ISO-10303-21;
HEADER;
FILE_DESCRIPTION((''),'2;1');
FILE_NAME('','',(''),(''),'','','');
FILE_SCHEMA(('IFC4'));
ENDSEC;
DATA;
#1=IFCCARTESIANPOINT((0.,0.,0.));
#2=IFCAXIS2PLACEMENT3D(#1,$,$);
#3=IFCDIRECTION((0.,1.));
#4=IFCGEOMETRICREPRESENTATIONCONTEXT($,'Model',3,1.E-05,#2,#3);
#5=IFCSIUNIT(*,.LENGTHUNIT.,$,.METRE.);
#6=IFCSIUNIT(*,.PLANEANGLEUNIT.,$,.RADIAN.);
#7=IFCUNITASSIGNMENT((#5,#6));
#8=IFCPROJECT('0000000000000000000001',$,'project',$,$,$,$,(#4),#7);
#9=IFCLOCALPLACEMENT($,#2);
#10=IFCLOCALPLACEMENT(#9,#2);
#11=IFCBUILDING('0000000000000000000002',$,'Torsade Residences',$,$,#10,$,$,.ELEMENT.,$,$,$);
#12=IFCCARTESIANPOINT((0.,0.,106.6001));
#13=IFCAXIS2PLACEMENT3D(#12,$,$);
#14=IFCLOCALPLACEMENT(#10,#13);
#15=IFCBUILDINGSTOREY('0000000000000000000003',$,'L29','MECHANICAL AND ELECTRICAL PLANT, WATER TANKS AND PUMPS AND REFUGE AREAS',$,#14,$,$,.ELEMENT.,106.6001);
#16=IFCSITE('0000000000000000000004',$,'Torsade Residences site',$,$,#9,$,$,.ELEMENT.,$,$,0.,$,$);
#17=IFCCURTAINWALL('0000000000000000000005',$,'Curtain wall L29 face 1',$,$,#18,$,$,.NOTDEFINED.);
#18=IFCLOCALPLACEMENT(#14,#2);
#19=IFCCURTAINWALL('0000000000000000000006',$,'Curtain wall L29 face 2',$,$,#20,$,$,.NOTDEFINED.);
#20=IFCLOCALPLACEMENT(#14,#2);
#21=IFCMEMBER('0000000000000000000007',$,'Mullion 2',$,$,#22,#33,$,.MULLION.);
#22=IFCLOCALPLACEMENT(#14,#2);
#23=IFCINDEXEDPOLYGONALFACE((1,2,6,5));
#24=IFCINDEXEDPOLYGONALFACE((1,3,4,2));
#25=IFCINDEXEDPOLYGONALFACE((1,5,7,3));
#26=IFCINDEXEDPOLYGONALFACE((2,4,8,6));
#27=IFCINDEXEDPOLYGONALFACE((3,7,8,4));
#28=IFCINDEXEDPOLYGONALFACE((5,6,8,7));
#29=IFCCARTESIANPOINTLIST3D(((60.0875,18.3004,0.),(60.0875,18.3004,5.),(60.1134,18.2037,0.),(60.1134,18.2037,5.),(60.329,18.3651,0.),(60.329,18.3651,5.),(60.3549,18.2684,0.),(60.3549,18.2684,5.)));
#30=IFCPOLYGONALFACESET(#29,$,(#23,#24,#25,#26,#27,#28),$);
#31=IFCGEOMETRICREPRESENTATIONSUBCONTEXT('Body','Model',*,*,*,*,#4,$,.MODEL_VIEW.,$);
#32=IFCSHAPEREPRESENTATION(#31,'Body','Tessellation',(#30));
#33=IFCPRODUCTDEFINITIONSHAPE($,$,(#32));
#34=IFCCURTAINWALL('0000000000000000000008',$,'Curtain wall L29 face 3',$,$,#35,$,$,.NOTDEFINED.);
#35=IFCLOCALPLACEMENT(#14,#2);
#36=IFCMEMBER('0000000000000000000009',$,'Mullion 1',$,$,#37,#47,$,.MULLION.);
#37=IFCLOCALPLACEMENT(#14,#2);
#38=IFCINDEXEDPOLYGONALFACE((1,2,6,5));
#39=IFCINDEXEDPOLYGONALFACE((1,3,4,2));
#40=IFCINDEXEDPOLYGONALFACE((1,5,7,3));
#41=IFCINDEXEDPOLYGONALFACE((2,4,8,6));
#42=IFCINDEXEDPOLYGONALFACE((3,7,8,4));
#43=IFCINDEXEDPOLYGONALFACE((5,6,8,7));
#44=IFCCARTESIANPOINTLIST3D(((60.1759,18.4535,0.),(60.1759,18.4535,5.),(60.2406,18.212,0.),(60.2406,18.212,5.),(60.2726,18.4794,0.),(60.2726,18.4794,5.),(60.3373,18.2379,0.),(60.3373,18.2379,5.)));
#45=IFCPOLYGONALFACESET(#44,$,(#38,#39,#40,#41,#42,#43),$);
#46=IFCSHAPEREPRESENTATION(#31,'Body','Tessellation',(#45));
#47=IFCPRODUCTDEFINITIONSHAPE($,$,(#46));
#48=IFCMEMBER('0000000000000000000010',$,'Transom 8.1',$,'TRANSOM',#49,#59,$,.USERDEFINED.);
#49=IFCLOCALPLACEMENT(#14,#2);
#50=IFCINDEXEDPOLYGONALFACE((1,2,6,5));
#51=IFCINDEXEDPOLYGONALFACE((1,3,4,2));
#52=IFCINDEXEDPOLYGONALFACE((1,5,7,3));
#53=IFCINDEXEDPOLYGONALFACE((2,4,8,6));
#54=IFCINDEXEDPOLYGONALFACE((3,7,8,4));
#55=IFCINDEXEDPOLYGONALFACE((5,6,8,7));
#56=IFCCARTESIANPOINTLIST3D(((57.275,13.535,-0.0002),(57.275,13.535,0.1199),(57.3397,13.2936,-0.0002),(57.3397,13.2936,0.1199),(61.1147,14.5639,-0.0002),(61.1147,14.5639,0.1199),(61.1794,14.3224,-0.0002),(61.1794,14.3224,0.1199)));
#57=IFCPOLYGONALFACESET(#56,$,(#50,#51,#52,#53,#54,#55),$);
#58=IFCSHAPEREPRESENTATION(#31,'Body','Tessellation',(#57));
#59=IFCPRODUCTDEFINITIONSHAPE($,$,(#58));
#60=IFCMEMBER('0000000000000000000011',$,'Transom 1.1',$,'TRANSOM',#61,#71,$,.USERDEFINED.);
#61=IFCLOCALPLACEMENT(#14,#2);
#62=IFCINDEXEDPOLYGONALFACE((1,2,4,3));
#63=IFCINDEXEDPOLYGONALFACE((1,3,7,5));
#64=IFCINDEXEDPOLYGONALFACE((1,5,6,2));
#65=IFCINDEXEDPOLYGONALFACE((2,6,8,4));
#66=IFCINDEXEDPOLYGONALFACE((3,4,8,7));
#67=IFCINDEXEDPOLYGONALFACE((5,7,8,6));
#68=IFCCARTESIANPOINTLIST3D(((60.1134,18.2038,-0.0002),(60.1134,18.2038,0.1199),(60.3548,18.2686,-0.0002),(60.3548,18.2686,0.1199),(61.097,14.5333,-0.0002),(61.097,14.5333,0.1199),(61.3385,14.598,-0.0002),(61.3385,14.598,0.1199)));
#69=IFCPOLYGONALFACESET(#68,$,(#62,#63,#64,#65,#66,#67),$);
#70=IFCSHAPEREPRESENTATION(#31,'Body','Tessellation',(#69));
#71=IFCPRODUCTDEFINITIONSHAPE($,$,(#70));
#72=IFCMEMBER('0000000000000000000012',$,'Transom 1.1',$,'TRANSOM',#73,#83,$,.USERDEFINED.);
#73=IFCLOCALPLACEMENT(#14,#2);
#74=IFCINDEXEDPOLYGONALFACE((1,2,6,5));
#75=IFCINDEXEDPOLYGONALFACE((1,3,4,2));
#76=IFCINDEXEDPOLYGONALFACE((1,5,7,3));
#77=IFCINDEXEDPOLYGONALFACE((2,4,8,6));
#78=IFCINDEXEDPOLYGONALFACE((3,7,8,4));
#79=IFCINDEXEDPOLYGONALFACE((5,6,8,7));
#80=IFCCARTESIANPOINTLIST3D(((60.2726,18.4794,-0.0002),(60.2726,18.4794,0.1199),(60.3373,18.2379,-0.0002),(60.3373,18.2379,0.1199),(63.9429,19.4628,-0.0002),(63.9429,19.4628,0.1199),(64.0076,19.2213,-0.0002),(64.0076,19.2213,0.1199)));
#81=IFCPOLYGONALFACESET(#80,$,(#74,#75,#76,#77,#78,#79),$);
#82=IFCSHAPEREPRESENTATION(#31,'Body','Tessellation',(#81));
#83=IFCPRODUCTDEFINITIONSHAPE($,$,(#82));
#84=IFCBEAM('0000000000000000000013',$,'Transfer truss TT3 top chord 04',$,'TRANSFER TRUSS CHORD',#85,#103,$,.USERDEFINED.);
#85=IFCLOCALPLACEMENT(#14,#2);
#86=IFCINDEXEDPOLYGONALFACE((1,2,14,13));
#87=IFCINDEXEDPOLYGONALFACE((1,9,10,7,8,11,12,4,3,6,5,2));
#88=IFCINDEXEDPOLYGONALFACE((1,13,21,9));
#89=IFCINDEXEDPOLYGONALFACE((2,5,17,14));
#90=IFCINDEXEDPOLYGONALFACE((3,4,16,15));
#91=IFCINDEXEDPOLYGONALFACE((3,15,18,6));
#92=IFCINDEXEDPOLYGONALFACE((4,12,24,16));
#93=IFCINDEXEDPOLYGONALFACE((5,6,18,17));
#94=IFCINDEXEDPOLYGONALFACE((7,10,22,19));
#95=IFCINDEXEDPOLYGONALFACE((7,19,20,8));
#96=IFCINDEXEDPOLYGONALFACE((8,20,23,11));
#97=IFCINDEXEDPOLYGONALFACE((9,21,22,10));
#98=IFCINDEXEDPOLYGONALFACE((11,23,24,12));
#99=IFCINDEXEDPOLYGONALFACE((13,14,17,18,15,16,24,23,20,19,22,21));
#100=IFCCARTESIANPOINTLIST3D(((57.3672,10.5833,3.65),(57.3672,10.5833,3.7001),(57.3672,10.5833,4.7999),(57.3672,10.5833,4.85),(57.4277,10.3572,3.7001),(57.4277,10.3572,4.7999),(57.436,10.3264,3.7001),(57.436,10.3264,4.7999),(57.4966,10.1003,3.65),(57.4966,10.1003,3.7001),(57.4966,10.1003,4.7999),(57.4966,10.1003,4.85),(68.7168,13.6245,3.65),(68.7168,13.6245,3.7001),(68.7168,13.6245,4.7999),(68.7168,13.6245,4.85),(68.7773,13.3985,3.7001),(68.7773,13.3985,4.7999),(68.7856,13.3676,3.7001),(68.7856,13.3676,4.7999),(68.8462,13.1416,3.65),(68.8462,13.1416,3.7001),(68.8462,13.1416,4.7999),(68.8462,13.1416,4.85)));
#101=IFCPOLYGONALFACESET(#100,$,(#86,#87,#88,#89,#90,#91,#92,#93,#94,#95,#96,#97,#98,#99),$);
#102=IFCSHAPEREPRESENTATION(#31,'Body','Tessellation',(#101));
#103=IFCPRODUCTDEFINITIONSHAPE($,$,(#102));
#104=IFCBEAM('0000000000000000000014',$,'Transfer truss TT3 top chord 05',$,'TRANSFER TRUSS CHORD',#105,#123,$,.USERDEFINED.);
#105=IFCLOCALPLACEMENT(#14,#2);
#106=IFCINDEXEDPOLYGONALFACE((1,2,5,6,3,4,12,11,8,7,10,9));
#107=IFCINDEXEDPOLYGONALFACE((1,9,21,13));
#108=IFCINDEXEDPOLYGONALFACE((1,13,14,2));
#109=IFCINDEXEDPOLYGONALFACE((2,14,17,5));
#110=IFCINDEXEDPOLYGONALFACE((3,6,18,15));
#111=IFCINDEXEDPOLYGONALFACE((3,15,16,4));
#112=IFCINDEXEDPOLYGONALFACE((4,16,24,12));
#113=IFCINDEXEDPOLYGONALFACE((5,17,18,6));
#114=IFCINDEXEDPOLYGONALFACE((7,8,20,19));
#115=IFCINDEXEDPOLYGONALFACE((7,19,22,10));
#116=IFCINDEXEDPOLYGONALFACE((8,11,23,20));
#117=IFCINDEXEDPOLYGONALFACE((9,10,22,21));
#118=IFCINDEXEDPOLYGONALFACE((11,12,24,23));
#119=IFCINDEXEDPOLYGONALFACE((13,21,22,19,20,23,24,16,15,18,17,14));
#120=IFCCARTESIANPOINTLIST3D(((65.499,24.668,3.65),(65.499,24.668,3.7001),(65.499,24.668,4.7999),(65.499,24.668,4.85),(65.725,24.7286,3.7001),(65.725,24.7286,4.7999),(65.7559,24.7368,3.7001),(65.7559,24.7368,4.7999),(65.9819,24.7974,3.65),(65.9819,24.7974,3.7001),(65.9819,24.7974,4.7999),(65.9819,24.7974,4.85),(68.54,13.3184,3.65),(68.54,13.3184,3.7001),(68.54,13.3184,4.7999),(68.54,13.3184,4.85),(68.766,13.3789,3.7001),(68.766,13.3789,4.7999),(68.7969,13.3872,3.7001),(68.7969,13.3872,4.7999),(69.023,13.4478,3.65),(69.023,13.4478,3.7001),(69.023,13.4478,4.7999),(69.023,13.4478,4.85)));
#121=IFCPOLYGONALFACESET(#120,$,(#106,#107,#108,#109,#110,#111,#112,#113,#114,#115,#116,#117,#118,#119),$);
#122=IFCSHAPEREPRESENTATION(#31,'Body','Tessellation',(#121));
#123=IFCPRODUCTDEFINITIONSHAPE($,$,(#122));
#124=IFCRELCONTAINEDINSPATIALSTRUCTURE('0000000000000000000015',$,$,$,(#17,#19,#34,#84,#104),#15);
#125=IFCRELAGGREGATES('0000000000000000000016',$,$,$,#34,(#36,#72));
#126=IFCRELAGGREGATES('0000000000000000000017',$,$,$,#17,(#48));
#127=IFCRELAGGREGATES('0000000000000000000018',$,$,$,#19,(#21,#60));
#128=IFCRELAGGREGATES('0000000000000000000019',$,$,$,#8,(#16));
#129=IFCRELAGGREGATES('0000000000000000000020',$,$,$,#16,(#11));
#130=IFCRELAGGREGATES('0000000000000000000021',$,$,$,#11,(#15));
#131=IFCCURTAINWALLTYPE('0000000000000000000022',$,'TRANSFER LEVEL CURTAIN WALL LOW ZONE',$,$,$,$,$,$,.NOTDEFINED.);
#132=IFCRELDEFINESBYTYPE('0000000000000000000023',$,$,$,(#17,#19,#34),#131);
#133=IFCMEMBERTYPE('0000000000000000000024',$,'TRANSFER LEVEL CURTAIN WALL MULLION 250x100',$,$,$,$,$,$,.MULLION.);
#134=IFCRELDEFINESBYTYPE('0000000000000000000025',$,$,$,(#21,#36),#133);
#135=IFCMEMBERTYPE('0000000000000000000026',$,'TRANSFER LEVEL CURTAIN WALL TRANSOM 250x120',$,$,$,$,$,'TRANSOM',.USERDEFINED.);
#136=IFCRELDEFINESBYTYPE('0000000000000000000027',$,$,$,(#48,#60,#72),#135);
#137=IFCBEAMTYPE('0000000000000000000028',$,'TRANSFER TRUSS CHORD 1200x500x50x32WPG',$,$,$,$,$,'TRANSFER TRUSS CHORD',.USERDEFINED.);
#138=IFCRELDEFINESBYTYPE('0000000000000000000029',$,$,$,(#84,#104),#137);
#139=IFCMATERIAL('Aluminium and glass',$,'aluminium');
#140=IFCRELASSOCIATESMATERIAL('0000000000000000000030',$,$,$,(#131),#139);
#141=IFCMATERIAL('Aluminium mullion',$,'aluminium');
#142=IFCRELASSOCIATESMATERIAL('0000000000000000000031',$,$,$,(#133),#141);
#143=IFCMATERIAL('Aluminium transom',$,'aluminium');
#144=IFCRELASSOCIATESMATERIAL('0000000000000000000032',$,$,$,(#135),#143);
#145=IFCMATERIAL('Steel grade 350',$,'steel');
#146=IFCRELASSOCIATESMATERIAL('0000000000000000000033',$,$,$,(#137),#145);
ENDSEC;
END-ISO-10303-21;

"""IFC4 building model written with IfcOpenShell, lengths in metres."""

from ifc_helpers import new_model, si_unit, direction, frame, origin, origin_2d, place, context, subcontext, project, spatial, rectangle, i_section, extrude, material, material_profile, profile_set, type_object, element, aggregate, save


model = new_model("IFC4")

# Units and contexts
model_context = context("Model", 3, precision=1e-05, world=origin(), true_north=direction((0.0, 1.0)))
body_context = subcontext(model_context, "Body", "Model", "MODEL_VIEW")
ifc_project = project(units=[si_unit("LENGTHUNIT", "METRE"), si_unit("PLANEANGLEUNIT", "RADIAN")], contexts=[model_context])

# Site, building, storey
site_placement = place(None, origin())
site = spatial("IfcSite", under=ifc_project, at=site_placement, Name="Torsade Residences site", CompositionType="ELEMENT", RefElevation=0.0)
building_placement = place(site_placement, origin())
building = spatial("IfcBuilding", under=site, at=building_placement, Name="Torsade Residences", CompositionType="ELEMENT")
storey_placement = place(building_placement, frame((0.0, 0.0, 106.6001)))
storey = spatial("IfcBuildingStorey", under=building, at=storey_placement, Name="L29", Description="MECHANICAL AND ELECTRICAL PLANT, WATER TANKS AND PUMPS AND REFUGE AREAS", CompositionType="ELEMENT", Elevation=106.6001)

# Curtain walls, member
ifc_material_1 = material(Name="Aluminium and glass", Category="aluminium")
curtain_wall_type = type_object("IfcCurtainWallType", Name="TRANSFER LEVEL CURTAIN WALL LOW ZONE", PredefinedType="NOTDEFINED", material=ifc_material_1)
curtain_wall_1_placement = place(storey_placement, origin())
curtain_wall_1 = element("IfcCurtainWall", 1, at=curtain_wall_1_placement, inside=storey, type_object=curtain_wall_type, Name="Curtain wall L29 face 1", PredefinedType="NOTDEFINED")
ifc_material_2 = material(Name="Aluminium mullion", Category="aluminium")
ifc_material_profile_1 = material_profile(ifc_material_2, rectangle(XDim=0.25, YDim=0.1001, at=origin_2d()), Name="TRANSFER LEVEL CURTAIN WALL MULLION 250x100")
ifc_profile_set_1 = profile_set([ifc_material_profile_1], Name="Aluminium mullion")
member_type_1 = type_object("IfcMemberType", Name="TRANSFER LEVEL CURTAIN WALL MULLION 250x100", PredefinedType="MULLION", material=ifc_profile_set_1)
curtain_wall_2_placement = place(storey_placement, origin())
curtain_wall_2 = element("IfcCurtainWall", 2, at=curtain_wall_2_placement, inside=storey, type_object=curtain_wall_type, Name="Curtain wall L29 face 2", PredefinedType="NOTDEFINED")
member_1_placement = place(storey_placement, frame((60.2212, 18.2844, 0.0), z_axis=(0.0, 0.0, 1.0), x_axis=(-0.965926, -0.258819, 0.0)))
member_1 = element("IfcMember", 3, at=member_1_placement, type_object=member_type_1, Name="Mullion 2", PredefinedType="MULLION", context=body_context, shape_type="SweptSolid", body=[
    extrude(rectangle(XDim=0.25, YDim=0.1001, at=origin_2d()), origin(), (0.0, 0.0, 1.0), 5.0),
])

# Curtain wall, member
curtain_wall_3_placement = place(storey_placement, origin())
curtain_wall_3 = element("IfcCurtainWall", 4, at=curtain_wall_3_placement, inside=storey, type_object=curtain_wall_type, Name="Curtain wall L29 face 3", PredefinedType="NOTDEFINED")
member_2_placement = place(storey_placement, frame((60.2566, 18.3457, 0.0), z_axis=(0.0, 0.0, 1.0), x_axis=(-0.258819, 0.965926, 0.0)))
member_2 = element("IfcMember", 5, at=member_2_placement, type_object=member_type_1, Name="Mullion 1", PredefinedType="MULLION", context=body_context, shape_type="SweptSolid", body=[
    extrude(rectangle(XDim=0.25, YDim=0.1001, at=origin_2d()), origin(), (0.0, 0.0, 1.0), 5.0),
])

# Members
ifc_material_3 = material(Name="Aluminium transom", Category="aluminium")
ifc_material_profile_2 = material_profile(ifc_material_3, rectangle(XDim=0.25, YDim=0.1201, at=origin_2d()), Name="TRANSFER LEVEL CURTAIN WALL TRANSOM 250x120")
ifc_profile_set_2 = profile_set([ifc_material_profile_2], Name="Aluminium transom")
member_type_2 = type_object("IfcMemberType", Name="TRANSFER LEVEL CURTAIN WALL TRANSOM 250x120", ElementType="TRANSOM", PredefinedType="USERDEFINED", material=ifc_profile_set_2)
member_3_placement = place(storey_placement, frame((57.3074, 13.4143, 0.0598), z_axis=(0.965926, 0.258817, 0.0), x_axis=(-0.258817, 0.965926, 0.0)))
member_3 = element("IfcMember", 6, at=member_3_placement, type_object=member_type_2, Name="Transom 8.1", ObjectType="TRANSOM", PredefinedType="USERDEFINED", context=body_context, shape_type="SweptSolid", body=[
    extrude(rectangle(XDim=0.25, YDim=0.1201, at=origin_2d()), origin(), (0.0, 0.0, 1.0), 3.9751),
])
member_4_placement = place(storey_placement, frame((61.2178, 14.5657, 0.0598), z_axis=(-0.258858, 0.965915, 0.0), x_axis=(-0.965915, -0.258858, 0.0)))
member_4 = element("IfcMember", 7, at=member_4_placement, type_object=member_type_2, Name="Transom 1.1", ObjectType="TRANSOM", PredefinedType="USERDEFINED", context=body_context, shape_type="SweptSolid", body=[
    extrude(rectangle(XDim=0.25, YDim=0.1201, at=origin_2d()), origin(), (0.0, 0.0, 1.0), 3.8),
])
member_5_placement = place(storey_placement, frame((60.3049, 18.3586, 0.0598), z_axis=(0.965931, 0.258798, 0.0), x_axis=(-0.258798, 0.965931, 0.0)))
member_5 = element("IfcMember", 8, at=member_5_placement, type_object=member_type_2, Name="Transom 1.1", ObjectType="TRANSOM", PredefinedType="USERDEFINED", context=body_context, shape_type="SweptSolid", body=[
    extrude(rectangle(XDim=0.25, YDim=0.1201, at=origin_2d()), origin(), (0.0, 0.0, 1.0), 3.7998),
])
aggregate(curtain_wall_3, [member_2, member_5])

# Beams
ifc_material_4 = material(Name="Steel grade 350", Category="steel")
ifc_material_profile_3 = material_profile(ifc_material_4, i_section(OverallWidth=0.5, OverallDepth=1.2, WebThickness=0.032, FlangeThickness=0.05, at=origin_2d()), Name="1200x500x50x32WPG")
ifc_profile_set_3 = profile_set([ifc_material_profile_3], Name="Steel grade 350")
beam_type_1 = type_object("IfcBeamType", Name="TRANSFER TRUSS CHORD 1200x500x50x32WPG", ElementType="TRANSFER TRUSS CHORD", PredefinedType="USERDEFINED", material=ifc_profile_set_3)
for number, where, z_axis, x_axis, name in (
    (9, (57.4319, 10.3418, 4.25), (0.965923, 0.25883, 0.0), (-0.25883, 0.965923, 0.0), "Transfer truss TT3 top chord 04"),
    (10, (68.7815, 13.3831, 4.25), (-0.258811, 0.965928, 0.0), (-0.965928, -0.258811, 0.0), "Transfer truss TT3 top chord 05"),
):
    element("IfcBeam", number, at=place(storey_placement, frame(where, z_axis=z_axis, x_axis=x_axis)), inside=storey, type_object=beam_type_1, Name=name, ObjectType="TRANSFER TRUSS CHORD", PredefinedType="USERDEFINED", context=body_context, shape_type="SweptSolid", body=[
        extrude(i_section(OverallWidth=0.5, OverallDepth=1.2, WebThickness=0.032, FlangeThickness=0.05, at=origin_2d()), origin(), (0.0, 0.0, 1.0), 11.75),
    ])

aggregate(curtain_wall_1, [member_3])
aggregate(curtain_wall_2, [member_1, member_4])

save(model, "model.ifc")
